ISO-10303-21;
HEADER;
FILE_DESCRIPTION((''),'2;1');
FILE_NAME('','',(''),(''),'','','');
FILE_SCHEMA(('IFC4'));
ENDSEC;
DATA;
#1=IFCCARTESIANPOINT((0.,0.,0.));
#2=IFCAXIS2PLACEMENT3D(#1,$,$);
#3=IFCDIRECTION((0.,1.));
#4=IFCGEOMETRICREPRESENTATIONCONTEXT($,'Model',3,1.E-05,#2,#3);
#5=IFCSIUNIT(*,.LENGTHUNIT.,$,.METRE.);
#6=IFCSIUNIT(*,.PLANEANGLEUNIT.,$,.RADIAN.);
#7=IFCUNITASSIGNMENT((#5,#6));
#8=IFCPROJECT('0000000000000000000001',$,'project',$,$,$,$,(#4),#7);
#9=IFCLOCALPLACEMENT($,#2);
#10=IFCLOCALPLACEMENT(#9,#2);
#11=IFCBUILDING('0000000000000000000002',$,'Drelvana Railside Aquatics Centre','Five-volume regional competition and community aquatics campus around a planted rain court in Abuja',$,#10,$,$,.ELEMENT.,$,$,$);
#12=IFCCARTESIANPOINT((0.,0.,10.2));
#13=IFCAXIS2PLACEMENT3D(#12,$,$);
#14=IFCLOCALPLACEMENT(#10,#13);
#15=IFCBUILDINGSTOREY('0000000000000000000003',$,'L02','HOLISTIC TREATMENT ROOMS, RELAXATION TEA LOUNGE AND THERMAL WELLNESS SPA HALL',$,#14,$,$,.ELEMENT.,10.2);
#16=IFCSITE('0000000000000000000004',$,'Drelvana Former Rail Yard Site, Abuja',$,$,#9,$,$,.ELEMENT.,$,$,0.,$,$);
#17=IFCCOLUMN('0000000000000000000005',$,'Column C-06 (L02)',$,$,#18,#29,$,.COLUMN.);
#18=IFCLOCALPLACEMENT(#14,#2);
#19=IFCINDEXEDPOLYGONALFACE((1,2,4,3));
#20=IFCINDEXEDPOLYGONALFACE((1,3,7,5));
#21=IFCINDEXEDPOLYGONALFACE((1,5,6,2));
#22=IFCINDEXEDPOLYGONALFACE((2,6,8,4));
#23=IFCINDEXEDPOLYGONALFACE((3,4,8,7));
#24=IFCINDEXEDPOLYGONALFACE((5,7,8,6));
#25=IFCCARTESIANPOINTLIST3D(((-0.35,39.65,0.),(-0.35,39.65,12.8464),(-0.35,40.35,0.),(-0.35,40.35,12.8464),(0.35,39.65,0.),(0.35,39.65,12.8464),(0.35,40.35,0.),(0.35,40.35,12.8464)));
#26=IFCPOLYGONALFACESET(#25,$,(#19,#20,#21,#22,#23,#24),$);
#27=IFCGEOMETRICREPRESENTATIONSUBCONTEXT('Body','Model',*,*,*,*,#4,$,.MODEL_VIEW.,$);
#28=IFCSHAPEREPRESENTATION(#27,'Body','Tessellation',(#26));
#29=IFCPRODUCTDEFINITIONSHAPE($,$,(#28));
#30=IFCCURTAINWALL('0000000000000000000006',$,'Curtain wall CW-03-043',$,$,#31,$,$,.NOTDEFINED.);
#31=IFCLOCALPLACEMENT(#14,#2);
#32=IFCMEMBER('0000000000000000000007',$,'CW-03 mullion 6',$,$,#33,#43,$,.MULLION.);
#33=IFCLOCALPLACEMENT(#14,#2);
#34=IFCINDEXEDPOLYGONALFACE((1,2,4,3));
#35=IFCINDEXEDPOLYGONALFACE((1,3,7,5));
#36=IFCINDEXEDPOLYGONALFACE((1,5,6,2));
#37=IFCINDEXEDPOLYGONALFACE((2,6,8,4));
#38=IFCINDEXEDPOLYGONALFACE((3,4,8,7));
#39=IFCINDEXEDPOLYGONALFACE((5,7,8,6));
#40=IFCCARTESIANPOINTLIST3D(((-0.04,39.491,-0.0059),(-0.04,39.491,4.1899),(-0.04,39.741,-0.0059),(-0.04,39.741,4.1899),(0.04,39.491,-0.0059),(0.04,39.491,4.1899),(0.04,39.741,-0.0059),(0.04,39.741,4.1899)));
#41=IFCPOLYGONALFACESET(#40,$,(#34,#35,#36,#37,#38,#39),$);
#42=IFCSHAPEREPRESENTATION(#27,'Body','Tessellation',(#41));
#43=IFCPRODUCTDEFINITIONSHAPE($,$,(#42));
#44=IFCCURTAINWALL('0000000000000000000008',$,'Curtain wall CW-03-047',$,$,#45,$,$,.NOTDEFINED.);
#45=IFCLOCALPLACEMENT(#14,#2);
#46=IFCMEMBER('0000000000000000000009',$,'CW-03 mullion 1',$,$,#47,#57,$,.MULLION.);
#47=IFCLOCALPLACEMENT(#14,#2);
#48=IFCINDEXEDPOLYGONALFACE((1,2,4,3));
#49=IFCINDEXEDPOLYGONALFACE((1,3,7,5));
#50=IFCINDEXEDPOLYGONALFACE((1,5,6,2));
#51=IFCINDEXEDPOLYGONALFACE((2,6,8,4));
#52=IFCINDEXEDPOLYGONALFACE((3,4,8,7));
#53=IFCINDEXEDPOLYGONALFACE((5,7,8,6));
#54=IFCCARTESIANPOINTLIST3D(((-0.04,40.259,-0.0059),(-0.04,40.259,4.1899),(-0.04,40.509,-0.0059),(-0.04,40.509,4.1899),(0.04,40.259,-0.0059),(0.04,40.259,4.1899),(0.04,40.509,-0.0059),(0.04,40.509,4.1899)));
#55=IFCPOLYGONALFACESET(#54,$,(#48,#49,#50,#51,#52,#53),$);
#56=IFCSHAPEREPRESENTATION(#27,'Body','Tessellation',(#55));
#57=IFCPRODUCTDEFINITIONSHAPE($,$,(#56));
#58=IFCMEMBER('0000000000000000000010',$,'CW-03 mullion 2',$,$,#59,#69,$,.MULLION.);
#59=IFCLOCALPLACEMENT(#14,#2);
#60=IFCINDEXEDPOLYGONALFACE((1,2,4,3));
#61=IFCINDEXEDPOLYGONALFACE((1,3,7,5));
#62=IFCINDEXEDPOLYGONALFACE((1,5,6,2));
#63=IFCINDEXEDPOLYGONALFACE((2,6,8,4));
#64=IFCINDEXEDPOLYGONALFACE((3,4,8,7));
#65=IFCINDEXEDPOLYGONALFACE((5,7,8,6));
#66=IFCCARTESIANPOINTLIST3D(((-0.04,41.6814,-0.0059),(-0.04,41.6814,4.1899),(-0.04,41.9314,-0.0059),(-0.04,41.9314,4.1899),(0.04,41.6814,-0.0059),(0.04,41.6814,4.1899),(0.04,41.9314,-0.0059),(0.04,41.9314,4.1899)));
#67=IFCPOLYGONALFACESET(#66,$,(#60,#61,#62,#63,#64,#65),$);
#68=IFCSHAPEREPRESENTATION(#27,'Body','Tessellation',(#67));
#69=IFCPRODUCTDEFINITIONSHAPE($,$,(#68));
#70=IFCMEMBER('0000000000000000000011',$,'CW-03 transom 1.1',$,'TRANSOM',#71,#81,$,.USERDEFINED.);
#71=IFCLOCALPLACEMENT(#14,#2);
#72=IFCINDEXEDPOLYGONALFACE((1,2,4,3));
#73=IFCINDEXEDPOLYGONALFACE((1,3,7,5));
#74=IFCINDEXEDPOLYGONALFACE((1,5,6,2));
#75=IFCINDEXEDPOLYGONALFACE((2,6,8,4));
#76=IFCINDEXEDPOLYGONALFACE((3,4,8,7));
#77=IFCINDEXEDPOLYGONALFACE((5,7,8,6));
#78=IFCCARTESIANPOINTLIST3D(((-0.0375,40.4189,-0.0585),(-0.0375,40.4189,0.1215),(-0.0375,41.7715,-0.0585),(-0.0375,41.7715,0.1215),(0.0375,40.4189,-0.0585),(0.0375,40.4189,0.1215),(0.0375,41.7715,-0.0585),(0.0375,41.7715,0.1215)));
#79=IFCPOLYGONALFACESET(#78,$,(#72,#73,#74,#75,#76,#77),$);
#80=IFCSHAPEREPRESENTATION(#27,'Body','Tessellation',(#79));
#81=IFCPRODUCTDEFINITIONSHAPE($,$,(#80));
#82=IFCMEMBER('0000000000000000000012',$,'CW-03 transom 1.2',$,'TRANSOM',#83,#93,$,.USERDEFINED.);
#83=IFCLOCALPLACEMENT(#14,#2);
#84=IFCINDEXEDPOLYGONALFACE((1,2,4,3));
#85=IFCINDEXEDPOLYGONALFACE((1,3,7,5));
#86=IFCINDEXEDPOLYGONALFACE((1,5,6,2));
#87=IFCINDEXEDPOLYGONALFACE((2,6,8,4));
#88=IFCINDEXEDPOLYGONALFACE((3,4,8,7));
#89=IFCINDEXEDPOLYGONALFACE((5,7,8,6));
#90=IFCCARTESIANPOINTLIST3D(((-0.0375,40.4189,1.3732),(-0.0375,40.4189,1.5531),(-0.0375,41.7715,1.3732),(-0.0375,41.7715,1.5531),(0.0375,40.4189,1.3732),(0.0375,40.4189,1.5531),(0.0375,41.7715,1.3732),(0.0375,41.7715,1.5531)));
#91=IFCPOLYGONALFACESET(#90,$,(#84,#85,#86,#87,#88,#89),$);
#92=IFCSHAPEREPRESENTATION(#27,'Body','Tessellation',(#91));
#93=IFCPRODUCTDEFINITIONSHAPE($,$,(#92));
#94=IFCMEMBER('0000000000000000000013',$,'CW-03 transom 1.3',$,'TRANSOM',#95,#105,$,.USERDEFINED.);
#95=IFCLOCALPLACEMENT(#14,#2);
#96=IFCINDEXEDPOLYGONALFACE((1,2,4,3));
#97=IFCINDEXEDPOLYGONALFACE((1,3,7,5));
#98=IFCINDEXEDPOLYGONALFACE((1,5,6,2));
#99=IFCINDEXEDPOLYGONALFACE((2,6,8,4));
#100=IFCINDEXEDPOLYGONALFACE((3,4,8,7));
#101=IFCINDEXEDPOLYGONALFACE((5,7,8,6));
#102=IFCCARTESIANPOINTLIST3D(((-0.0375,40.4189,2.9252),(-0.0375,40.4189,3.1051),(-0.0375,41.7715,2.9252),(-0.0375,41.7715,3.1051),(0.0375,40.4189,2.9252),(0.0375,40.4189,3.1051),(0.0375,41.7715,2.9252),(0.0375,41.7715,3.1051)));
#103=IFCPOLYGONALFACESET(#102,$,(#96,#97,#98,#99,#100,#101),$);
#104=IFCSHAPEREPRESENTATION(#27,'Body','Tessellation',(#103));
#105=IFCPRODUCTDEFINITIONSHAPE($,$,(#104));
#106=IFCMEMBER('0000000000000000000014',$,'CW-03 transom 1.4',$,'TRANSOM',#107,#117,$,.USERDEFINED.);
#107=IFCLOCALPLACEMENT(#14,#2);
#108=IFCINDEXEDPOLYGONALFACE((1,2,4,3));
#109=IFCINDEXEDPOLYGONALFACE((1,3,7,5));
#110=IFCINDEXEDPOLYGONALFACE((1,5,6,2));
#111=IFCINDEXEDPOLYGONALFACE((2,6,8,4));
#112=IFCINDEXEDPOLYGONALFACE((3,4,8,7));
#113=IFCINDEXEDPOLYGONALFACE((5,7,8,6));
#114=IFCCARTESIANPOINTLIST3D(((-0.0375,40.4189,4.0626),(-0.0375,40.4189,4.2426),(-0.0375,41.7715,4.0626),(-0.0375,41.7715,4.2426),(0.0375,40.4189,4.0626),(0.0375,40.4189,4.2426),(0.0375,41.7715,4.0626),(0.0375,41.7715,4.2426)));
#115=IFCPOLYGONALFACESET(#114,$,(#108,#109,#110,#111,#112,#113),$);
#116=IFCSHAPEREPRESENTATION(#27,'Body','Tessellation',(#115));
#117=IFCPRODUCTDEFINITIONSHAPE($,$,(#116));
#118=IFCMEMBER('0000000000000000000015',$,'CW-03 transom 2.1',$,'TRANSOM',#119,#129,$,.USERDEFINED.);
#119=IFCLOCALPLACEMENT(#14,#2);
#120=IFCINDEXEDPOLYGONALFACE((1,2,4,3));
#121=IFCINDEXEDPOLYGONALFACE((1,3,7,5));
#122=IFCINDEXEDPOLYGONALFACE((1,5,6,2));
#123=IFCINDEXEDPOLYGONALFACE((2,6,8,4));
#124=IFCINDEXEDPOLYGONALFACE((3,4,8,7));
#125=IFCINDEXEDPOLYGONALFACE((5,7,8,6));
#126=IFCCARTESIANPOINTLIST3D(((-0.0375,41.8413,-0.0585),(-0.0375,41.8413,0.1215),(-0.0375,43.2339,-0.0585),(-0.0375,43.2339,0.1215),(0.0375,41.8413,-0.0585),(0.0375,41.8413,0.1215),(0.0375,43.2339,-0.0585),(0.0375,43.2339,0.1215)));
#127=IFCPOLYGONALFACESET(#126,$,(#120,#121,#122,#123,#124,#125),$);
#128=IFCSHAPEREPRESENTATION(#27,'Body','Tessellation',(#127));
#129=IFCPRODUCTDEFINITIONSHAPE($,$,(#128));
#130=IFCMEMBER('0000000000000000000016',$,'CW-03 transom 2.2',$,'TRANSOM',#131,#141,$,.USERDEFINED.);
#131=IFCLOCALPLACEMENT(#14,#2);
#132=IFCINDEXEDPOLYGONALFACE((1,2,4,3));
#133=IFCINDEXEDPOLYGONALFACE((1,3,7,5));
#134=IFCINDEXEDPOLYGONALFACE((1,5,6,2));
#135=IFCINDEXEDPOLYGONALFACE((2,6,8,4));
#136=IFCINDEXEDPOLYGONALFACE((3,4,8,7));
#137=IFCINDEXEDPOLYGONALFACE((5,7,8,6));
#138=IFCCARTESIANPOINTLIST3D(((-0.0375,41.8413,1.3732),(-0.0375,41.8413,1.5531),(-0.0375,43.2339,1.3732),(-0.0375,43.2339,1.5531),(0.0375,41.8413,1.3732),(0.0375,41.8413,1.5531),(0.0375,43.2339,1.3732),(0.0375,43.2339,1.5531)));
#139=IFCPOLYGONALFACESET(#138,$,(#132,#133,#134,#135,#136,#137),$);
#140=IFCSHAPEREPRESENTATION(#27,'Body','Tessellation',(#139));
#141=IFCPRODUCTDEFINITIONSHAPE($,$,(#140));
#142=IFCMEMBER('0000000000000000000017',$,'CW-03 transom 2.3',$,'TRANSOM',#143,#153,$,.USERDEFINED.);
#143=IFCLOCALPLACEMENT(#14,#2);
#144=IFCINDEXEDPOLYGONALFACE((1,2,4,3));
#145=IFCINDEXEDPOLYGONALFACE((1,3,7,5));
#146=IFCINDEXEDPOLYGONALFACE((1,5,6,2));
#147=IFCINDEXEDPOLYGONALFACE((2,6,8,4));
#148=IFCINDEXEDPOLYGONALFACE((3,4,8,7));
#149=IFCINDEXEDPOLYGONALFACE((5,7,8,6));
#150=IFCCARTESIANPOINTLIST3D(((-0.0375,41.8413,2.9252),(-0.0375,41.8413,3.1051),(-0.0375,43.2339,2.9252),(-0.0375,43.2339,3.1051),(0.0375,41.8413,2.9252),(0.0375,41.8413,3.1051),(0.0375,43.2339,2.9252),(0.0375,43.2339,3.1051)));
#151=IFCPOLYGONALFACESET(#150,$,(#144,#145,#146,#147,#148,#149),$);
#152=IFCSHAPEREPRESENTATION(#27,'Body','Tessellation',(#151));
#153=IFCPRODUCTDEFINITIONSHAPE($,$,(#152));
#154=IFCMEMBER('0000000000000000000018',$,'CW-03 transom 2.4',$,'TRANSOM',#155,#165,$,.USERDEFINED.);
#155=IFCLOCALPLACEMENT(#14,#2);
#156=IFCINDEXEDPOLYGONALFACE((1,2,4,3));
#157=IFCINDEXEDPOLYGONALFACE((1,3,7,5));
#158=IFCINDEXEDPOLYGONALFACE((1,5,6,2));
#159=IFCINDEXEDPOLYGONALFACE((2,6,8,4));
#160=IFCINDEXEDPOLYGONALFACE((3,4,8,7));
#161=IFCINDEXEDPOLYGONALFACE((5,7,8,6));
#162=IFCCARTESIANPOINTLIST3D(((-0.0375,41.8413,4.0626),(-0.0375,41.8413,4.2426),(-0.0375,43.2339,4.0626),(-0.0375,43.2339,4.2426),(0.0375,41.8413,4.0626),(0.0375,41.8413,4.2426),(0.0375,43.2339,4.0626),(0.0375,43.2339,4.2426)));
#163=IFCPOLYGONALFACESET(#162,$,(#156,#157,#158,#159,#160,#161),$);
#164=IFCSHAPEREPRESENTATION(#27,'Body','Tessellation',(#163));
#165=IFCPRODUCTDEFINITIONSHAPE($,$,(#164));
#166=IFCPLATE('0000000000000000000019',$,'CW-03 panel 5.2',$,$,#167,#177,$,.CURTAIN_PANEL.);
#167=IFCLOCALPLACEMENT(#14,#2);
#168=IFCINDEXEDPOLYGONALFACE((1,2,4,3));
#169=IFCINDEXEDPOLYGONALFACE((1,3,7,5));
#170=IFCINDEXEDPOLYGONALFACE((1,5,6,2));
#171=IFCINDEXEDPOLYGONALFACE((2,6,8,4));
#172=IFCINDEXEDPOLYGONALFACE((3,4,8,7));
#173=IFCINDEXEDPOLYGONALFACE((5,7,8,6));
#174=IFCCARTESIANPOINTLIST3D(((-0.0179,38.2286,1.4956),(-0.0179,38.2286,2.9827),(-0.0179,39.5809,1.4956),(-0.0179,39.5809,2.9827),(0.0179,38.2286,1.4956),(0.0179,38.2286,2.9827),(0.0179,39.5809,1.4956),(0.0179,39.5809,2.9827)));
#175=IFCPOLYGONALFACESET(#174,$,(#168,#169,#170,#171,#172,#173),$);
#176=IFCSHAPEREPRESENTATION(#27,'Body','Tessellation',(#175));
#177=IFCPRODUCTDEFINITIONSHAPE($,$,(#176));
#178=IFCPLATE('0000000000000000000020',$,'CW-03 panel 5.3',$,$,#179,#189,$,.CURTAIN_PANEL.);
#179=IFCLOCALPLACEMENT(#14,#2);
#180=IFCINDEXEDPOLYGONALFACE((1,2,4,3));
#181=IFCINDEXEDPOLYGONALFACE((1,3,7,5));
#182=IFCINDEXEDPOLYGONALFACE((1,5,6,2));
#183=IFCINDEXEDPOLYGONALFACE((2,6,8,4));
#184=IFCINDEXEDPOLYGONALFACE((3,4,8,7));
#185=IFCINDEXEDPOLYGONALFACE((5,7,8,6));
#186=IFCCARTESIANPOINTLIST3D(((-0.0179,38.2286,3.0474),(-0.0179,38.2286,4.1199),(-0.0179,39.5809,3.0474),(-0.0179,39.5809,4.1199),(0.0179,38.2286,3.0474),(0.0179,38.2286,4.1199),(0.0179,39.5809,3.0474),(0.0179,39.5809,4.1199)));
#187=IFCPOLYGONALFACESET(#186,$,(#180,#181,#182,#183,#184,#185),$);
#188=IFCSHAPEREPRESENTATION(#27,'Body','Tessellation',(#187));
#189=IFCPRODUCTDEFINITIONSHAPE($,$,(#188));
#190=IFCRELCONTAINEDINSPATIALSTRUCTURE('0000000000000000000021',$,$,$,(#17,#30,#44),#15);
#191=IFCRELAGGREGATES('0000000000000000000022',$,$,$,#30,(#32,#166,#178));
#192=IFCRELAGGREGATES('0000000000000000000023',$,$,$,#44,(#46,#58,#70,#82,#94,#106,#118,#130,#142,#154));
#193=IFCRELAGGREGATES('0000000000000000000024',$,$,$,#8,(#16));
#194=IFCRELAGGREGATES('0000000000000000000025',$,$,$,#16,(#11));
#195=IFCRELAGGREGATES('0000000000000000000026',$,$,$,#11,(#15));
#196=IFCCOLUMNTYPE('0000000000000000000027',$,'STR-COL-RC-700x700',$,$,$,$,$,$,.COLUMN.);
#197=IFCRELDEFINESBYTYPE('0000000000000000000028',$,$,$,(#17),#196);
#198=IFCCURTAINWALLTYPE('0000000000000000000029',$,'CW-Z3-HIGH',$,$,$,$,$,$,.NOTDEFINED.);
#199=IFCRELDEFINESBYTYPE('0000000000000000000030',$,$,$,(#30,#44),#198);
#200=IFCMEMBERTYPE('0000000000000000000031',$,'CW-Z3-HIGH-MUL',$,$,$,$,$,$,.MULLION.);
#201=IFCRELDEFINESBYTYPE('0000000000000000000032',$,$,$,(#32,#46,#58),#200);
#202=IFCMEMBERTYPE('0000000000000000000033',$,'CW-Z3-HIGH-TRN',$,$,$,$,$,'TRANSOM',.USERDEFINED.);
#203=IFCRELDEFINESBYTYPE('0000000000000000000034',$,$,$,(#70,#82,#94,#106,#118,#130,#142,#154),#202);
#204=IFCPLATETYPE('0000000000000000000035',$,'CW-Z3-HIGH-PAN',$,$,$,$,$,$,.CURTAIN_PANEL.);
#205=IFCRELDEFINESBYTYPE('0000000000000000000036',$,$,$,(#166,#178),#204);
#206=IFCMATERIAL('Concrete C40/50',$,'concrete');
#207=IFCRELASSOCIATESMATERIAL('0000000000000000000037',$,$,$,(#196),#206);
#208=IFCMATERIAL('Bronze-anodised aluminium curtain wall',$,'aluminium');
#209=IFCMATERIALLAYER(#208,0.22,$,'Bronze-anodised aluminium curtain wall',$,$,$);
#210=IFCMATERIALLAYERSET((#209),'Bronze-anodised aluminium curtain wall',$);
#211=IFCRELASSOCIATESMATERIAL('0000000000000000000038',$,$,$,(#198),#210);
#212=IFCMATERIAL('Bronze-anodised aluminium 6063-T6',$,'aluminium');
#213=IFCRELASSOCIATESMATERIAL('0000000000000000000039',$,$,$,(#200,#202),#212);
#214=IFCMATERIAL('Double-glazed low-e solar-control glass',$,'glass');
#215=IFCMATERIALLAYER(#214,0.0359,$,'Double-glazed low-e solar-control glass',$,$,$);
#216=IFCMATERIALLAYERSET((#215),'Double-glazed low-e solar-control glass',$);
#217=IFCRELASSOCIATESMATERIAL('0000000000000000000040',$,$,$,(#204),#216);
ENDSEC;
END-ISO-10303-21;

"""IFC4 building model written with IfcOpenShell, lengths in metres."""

from ifc_helpers import new_model, si_unit, direction, frame, origin, origin_2d, place, context, subcontext, project, spatial, rectangle, extrude, material, layer, layer_set, material_profile, profile_set, type_object, element, aggregate, save


model = new_model("IFC4")

# Units and contexts
model_context = context("Model", 3, precision=1e-05, world=origin(), true_north=direction((0.0, 1.0)))
body_context = subcontext(model_context, "Body", "Model", "MODEL_VIEW")
ifc_project = project(units=[si_unit("LENGTHUNIT", "METRE"), si_unit("PLANEANGLEUNIT", "RADIAN")], contexts=[model_context])

# Site, building, storey
site_placement = place(None, origin())
site = spatial("IfcSite", under=ifc_project, at=site_placement, Name="Drelvana Former Rail Yard Site, Abuja", CompositionType="ELEMENT", RefElevation=0.0)
building_placement = place(site_placement, origin())
building = spatial("IfcBuilding", under=site, at=building_placement, Name="Drelvana Railside Aquatics Centre", Description="Five-volume regional competition and community aquatics campus around a planted rain court in Abuja", CompositionType="ELEMENT")
storey_placement = place(building_placement, frame((0.0, 0.0, 10.2)))
storey = spatial("IfcBuildingStorey", under=building, at=storey_placement, Name="L02", Description="HOLISTIC TREATMENT ROOMS, RELAXATION TEA LOUNGE AND THERMAL WELLNESS SPA HALL", CompositionType="ELEMENT", Elevation=10.2)

# Column
ifc_material_1 = material(Name="Concrete C40/50", Category="concrete")
ifc_material_profile_1 = material_profile(ifc_material_1, rectangle(XDim=0.7, YDim=0.7, at=origin_2d()), Name="RC 700x700")
ifc_profile_set_1 = profile_set([ifc_material_profile_1], Name="Concrete C40/50")
column_type = type_object("IfcColumnType", Name="STR-COL-RC-700x700", PredefinedType="COLUMN", material=ifc_profile_set_1)
column_placement = place(storey_placement, frame((0.0, 40.0, 0.0), z_axis=(0.0, 0.0, 1.0), x_axis=(1.0, 0.0, 0.0)))
element("IfcColumn", 1, at=column_placement, inside=storey, type_object=column_type, Name="Column C-06 (L02)", PredefinedType="COLUMN", context=body_context, shape_type="SweptSolid", body=[
    extrude(rectangle(XDim=0.7, YDim=0.7, at=origin_2d()), origin(), (0.0, 0.0, 1.0), 12.8464),
])

# Curtain wall, member
ifc_material_2 = material(Name="Bronze-anodised aluminium curtain wall", Category="aluminium")
ifc_layer_1 = layer(ifc_material_2, 0.22, Name="Bronze-anodised aluminium curtain wall")
ifc_layer_set_1 = layer_set([ifc_layer_1], Name="Bronze-anodised aluminium curtain wall")
curtain_wall_type = type_object("IfcCurtainWallType", Name="CW-Z3-HIGH", PredefinedType="NOTDEFINED", material=ifc_layer_set_1)
curtain_wall_1_placement = place(storey_placement, origin())
curtain_wall_1 = element("IfcCurtainWall", 2, at=curtain_wall_1_placement, inside=storey, type_object=curtain_wall_type, Name="Curtain wall CW-03-043", PredefinedType="NOTDEFINED")
ifc_material_3 = material(Name="Bronze-anodised aluminium 6063-T6", Category="aluminium")
ifc_material_profile_2 = material_profile(ifc_material_3, rectangle(XDim=0.0801, YDim=0.25, at=origin_2d()), Name="ALU-M 80x250")
ifc_profile_set_2 = profile_set([ifc_material_profile_2], Name="Bronze-anodised aluminium 6063-T6")
member_type_1 = type_object("IfcMemberType", Name="CW-Z3-HIGH-MUL", PredefinedType="MULLION", material=ifc_profile_set_2)
member_1_placement = place(storey_placement, frame((0.0, 39.616, -0.0059), z_axis=(0.0, 0.0, 1.0), x_axis=(-1.0, 0.0, 0.0)))
member_1 = element("IfcMember", 3, at=member_1_placement, type_object=member_type_1, Name="CW-03 mullion 6", PredefinedType="MULLION", context=body_context, shape_type="SweptSolid", body=[
    extrude(rectangle(XDim=0.0801, YDim=0.25, at=origin_2d()), origin(), (0.0, 0.0, 1.0), 4.1958),
])

# Curtain wall, members
curtain_wall_2_placement = place(storey_placement, origin())
curtain_wall_2 = element("IfcCurtainWall", 4, at=curtain_wall_2_placement, inside=storey, type_object=curtain_wall_type, Name="Curtain wall CW-03-047", PredefinedType="NOTDEFINED")
member_2_placement = place(storey_placement, frame((0.0, 40.384, -0.0059), z_axis=(0.0, 0.0, 1.0), x_axis=(-1.0, 0.0, 0.0)))
member_2 = element("IfcMember", 5, at=member_2_placement, type_object=member_type_1, Name="CW-03 mullion 1", PredefinedType="MULLION", context=body_context, shape_type="SweptSolid", body=[
    extrude(rectangle(XDim=0.0801, YDim=0.25, at=origin_2d()), origin(), (0.0, 0.0, 1.0), 4.1958),
])
member_3_placement = place(storey_placement, frame((0.0, 41.8064, -0.0059), z_axis=(0.0, 0.0, 1.0), x_axis=(-1.0, 0.0, 0.0)))
member_3 = element("IfcMember", 6, at=member_3_placement, type_object=member_type_1, Name="CW-03 mullion 2", PredefinedType="MULLION", context=body_context, shape_type="SweptSolid", body=[
    extrude(rectangle(XDim=0.0801, YDim=0.25, at=origin_2d()), origin(), (0.0, 0.0, 1.0), 4.1958),
])
ifc_material_profile_3 = material_profile(ifc_material_3, rectangle(XDim=0.1799, YDim=0.075, at=origin_2d()), Name="ALU-T 75x180")
ifc_profile_set_3 = profile_set([ifc_material_profile_3], Name="Bronze-anodised aluminium 6063-T6")
member_type_2 = type_object("IfcMemberType", Name="CW-Z3-HIGH-TRN", ElementType="TRANSOM", PredefinedType="USERDEFINED", material=ifc_profile_set_3)
member_4_placement = place(storey_placement, frame((0.0, 40.4189, 0.0315), z_axis=(0.0, 1.0, 0.0), x_axis=(0.0, 0.0, 1.0)))
member_4 = element("IfcMember", 7, at=member_4_placement, type_object=member_type_2, Name="CW-03 transom 1.1", ObjectType="TRANSOM", PredefinedType="USERDEFINED", context=body_context, shape_type="SweptSolid", body=[
    extrude(rectangle(XDim=0.1799, YDim=0.075, at=origin_2d()), origin(), (0.0, 0.0, 1.0), 1.3525),
])
member_5_placement = place(storey_placement, frame((0.0, 40.4189, 1.4631), z_axis=(0.0, 1.0, 0.0), x_axis=(0.0, 0.0, 1.0)))
member_5 = element("IfcMember", 8, at=member_5_placement, type_object=member_type_2, Name="CW-03 transom 1.2", ObjectType="TRANSOM", PredefinedType="USERDEFINED", context=body_context, shape_type="SweptSolid", body=[
    extrude(rectangle(XDim=0.1799, YDim=0.075, at=origin_2d()), origin(), (0.0, 0.0, 1.0), 1.3525),
])
member_6_placement = place(storey_placement, frame((0.0, 40.4189, 3.0151), z_axis=(0.0, 1.0, 0.0), x_axis=(0.0, 0.0, 1.0)))
member_6 = element("IfcMember", 9, at=member_6_placement, type_object=member_type_2, Name="CW-03 transom 1.3", ObjectType="TRANSOM", PredefinedType="USERDEFINED", context=body_context, shape_type="SweptSolid", body=[
    extrude(rectangle(XDim=0.1799, YDim=0.075, at=origin_2d()), origin(), (0.0, 0.0, 1.0), 1.3525),
])
member_7_placement = place(storey_placement, frame((0.0, 40.4189, 4.1526), z_axis=(0.0, 1.0, 0.0), x_axis=(0.0, 0.0, 1.0)))
member_7 = element("IfcMember", 10, at=member_7_placement, type_object=member_type_2, Name="CW-03 transom 1.4", ObjectType="TRANSOM", PredefinedType="USERDEFINED", context=body_context, shape_type="SweptSolid", body=[
    extrude(rectangle(XDim=0.1799, YDim=0.075, at=origin_2d()), origin(), (0.0, 0.0, 1.0), 1.3525),
])
member_8_placement = place(storey_placement, frame((0.0, 41.8413, 0.0315), z_axis=(0.0, 1.0, 0.0), x_axis=(0.0, 0.0, 1.0)))
member_8 = element("IfcMember", 11, at=member_8_placement, type_object=member_type_2, Name="CW-03 transom 2.1", ObjectType="TRANSOM", PredefinedType="USERDEFINED", context=body_context, shape_type="SweptSolid", body=[
    extrude(rectangle(XDim=0.1799, YDim=0.075, at=origin_2d()), origin(), (0.0, 0.0, 1.0), 1.3926),
])
member_9_placement = place(storey_placement, frame((0.0, 41.8413, 1.4631), z_axis=(0.0, 1.0, 0.0), x_axis=(0.0, 0.0, 1.0)))
member_9 = element("IfcMember", 12, at=member_9_placement, type_object=member_type_2, Name="CW-03 transom 2.2", ObjectType="TRANSOM", PredefinedType="USERDEFINED", context=body_context, shape_type="SweptSolid", body=[
    extrude(rectangle(XDim=0.1799, YDim=0.075, at=origin_2d()), origin(), (0.0, 0.0, 1.0), 1.3926),
])
member_10_placement = place(storey_placement, frame((0.0, 41.8413, 3.0151), z_axis=(0.0, 1.0, 0.0), x_axis=(0.0, 0.0, 1.0)))
member_10 = element("IfcMember", 13, at=member_10_placement, type_object=member_type_2, Name="CW-03 transom 2.3", ObjectType="TRANSOM", PredefinedType="USERDEFINED", context=body_context, shape_type="SweptSolid", body=[
    extrude(rectangle(XDim=0.1799, YDim=0.075, at=origin_2d()), origin(), (0.0, 0.0, 1.0), 1.3926),
])
member_11_placement = place(storey_placement, frame((0.0, 41.8413, 4.1526), z_axis=(0.0, 1.0, 0.0), x_axis=(0.0, 0.0, 1.0)))
member_11 = element("IfcMember", 14, at=member_11_placement, type_object=member_type_2, Name="CW-03 transom 2.4", ObjectType="TRANSOM", PredefinedType="USERDEFINED", context=body_context, shape_type="SweptSolid", body=[
    extrude(rectangle(XDim=0.1799, YDim=0.075, at=origin_2d()), origin(), (0.0, 0.0, 1.0), 1.3926),
])

# Plates
ifc_material_4 = material(Name="Double-glazed low-e solar-control glass", Category="glass")
ifc_layer_2 = layer(ifc_material_4, 0.0359, Name="Double-glazed low-e solar-control glass")
ifc_layer_set_2 = layer_set([ifc_layer_2], Name="Double-glazed low-e solar-control glass")
plate_type = type_object("IfcPlateType", Name="CW-Z3-HIGH-PAN", PredefinedType="CURTAIN_PANEL", material=ifc_layer_set_2)
plate_1_placement = place(storey_placement, frame((0.0, 38.9048, 1.4956), z_axis=(0.0, 0.0, 1.0), x_axis=(0.0, 1.0, 0.0)))
plate_1 = element("IfcPlate", 15, at=plate_1_placement, type_object=plate_type, Name="CW-03 panel 5.2", PredefinedType="CURTAIN_PANEL", context=body_context, shape_type="SweptSolid", body=[
    extrude(rectangle(XDim=1.3523, YDim=0.0359, at=origin_2d()), origin(), (0.0, 0.0, 1.0), 1.4871),
])
plate_2_placement = place(storey_placement, frame((0.0, 38.9048, 3.0474), z_axis=(0.0, 0.0, 1.0), x_axis=(0.0, 1.0, 0.0)))
plate_2 = element("IfcPlate", 16, at=plate_2_placement, type_object=plate_type, Name="CW-03 panel 5.3", PredefinedType="CURTAIN_PANEL", context=body_context, shape_type="SweptSolid", body=[
    extrude(rectangle(XDim=1.3523, YDim=0.0359, at=origin_2d()), origin(), (0.0, 0.0, 1.0), 1.0725),
])
aggregate(curtain_wall_1, [member_1, plate_1, plate_2])
aggregate(curtain_wall_2, [member_2, member_3, member_4, member_5, member_6, member_7, member_8, member_9, member_10, member_11])

save(model, "model.ifc")
